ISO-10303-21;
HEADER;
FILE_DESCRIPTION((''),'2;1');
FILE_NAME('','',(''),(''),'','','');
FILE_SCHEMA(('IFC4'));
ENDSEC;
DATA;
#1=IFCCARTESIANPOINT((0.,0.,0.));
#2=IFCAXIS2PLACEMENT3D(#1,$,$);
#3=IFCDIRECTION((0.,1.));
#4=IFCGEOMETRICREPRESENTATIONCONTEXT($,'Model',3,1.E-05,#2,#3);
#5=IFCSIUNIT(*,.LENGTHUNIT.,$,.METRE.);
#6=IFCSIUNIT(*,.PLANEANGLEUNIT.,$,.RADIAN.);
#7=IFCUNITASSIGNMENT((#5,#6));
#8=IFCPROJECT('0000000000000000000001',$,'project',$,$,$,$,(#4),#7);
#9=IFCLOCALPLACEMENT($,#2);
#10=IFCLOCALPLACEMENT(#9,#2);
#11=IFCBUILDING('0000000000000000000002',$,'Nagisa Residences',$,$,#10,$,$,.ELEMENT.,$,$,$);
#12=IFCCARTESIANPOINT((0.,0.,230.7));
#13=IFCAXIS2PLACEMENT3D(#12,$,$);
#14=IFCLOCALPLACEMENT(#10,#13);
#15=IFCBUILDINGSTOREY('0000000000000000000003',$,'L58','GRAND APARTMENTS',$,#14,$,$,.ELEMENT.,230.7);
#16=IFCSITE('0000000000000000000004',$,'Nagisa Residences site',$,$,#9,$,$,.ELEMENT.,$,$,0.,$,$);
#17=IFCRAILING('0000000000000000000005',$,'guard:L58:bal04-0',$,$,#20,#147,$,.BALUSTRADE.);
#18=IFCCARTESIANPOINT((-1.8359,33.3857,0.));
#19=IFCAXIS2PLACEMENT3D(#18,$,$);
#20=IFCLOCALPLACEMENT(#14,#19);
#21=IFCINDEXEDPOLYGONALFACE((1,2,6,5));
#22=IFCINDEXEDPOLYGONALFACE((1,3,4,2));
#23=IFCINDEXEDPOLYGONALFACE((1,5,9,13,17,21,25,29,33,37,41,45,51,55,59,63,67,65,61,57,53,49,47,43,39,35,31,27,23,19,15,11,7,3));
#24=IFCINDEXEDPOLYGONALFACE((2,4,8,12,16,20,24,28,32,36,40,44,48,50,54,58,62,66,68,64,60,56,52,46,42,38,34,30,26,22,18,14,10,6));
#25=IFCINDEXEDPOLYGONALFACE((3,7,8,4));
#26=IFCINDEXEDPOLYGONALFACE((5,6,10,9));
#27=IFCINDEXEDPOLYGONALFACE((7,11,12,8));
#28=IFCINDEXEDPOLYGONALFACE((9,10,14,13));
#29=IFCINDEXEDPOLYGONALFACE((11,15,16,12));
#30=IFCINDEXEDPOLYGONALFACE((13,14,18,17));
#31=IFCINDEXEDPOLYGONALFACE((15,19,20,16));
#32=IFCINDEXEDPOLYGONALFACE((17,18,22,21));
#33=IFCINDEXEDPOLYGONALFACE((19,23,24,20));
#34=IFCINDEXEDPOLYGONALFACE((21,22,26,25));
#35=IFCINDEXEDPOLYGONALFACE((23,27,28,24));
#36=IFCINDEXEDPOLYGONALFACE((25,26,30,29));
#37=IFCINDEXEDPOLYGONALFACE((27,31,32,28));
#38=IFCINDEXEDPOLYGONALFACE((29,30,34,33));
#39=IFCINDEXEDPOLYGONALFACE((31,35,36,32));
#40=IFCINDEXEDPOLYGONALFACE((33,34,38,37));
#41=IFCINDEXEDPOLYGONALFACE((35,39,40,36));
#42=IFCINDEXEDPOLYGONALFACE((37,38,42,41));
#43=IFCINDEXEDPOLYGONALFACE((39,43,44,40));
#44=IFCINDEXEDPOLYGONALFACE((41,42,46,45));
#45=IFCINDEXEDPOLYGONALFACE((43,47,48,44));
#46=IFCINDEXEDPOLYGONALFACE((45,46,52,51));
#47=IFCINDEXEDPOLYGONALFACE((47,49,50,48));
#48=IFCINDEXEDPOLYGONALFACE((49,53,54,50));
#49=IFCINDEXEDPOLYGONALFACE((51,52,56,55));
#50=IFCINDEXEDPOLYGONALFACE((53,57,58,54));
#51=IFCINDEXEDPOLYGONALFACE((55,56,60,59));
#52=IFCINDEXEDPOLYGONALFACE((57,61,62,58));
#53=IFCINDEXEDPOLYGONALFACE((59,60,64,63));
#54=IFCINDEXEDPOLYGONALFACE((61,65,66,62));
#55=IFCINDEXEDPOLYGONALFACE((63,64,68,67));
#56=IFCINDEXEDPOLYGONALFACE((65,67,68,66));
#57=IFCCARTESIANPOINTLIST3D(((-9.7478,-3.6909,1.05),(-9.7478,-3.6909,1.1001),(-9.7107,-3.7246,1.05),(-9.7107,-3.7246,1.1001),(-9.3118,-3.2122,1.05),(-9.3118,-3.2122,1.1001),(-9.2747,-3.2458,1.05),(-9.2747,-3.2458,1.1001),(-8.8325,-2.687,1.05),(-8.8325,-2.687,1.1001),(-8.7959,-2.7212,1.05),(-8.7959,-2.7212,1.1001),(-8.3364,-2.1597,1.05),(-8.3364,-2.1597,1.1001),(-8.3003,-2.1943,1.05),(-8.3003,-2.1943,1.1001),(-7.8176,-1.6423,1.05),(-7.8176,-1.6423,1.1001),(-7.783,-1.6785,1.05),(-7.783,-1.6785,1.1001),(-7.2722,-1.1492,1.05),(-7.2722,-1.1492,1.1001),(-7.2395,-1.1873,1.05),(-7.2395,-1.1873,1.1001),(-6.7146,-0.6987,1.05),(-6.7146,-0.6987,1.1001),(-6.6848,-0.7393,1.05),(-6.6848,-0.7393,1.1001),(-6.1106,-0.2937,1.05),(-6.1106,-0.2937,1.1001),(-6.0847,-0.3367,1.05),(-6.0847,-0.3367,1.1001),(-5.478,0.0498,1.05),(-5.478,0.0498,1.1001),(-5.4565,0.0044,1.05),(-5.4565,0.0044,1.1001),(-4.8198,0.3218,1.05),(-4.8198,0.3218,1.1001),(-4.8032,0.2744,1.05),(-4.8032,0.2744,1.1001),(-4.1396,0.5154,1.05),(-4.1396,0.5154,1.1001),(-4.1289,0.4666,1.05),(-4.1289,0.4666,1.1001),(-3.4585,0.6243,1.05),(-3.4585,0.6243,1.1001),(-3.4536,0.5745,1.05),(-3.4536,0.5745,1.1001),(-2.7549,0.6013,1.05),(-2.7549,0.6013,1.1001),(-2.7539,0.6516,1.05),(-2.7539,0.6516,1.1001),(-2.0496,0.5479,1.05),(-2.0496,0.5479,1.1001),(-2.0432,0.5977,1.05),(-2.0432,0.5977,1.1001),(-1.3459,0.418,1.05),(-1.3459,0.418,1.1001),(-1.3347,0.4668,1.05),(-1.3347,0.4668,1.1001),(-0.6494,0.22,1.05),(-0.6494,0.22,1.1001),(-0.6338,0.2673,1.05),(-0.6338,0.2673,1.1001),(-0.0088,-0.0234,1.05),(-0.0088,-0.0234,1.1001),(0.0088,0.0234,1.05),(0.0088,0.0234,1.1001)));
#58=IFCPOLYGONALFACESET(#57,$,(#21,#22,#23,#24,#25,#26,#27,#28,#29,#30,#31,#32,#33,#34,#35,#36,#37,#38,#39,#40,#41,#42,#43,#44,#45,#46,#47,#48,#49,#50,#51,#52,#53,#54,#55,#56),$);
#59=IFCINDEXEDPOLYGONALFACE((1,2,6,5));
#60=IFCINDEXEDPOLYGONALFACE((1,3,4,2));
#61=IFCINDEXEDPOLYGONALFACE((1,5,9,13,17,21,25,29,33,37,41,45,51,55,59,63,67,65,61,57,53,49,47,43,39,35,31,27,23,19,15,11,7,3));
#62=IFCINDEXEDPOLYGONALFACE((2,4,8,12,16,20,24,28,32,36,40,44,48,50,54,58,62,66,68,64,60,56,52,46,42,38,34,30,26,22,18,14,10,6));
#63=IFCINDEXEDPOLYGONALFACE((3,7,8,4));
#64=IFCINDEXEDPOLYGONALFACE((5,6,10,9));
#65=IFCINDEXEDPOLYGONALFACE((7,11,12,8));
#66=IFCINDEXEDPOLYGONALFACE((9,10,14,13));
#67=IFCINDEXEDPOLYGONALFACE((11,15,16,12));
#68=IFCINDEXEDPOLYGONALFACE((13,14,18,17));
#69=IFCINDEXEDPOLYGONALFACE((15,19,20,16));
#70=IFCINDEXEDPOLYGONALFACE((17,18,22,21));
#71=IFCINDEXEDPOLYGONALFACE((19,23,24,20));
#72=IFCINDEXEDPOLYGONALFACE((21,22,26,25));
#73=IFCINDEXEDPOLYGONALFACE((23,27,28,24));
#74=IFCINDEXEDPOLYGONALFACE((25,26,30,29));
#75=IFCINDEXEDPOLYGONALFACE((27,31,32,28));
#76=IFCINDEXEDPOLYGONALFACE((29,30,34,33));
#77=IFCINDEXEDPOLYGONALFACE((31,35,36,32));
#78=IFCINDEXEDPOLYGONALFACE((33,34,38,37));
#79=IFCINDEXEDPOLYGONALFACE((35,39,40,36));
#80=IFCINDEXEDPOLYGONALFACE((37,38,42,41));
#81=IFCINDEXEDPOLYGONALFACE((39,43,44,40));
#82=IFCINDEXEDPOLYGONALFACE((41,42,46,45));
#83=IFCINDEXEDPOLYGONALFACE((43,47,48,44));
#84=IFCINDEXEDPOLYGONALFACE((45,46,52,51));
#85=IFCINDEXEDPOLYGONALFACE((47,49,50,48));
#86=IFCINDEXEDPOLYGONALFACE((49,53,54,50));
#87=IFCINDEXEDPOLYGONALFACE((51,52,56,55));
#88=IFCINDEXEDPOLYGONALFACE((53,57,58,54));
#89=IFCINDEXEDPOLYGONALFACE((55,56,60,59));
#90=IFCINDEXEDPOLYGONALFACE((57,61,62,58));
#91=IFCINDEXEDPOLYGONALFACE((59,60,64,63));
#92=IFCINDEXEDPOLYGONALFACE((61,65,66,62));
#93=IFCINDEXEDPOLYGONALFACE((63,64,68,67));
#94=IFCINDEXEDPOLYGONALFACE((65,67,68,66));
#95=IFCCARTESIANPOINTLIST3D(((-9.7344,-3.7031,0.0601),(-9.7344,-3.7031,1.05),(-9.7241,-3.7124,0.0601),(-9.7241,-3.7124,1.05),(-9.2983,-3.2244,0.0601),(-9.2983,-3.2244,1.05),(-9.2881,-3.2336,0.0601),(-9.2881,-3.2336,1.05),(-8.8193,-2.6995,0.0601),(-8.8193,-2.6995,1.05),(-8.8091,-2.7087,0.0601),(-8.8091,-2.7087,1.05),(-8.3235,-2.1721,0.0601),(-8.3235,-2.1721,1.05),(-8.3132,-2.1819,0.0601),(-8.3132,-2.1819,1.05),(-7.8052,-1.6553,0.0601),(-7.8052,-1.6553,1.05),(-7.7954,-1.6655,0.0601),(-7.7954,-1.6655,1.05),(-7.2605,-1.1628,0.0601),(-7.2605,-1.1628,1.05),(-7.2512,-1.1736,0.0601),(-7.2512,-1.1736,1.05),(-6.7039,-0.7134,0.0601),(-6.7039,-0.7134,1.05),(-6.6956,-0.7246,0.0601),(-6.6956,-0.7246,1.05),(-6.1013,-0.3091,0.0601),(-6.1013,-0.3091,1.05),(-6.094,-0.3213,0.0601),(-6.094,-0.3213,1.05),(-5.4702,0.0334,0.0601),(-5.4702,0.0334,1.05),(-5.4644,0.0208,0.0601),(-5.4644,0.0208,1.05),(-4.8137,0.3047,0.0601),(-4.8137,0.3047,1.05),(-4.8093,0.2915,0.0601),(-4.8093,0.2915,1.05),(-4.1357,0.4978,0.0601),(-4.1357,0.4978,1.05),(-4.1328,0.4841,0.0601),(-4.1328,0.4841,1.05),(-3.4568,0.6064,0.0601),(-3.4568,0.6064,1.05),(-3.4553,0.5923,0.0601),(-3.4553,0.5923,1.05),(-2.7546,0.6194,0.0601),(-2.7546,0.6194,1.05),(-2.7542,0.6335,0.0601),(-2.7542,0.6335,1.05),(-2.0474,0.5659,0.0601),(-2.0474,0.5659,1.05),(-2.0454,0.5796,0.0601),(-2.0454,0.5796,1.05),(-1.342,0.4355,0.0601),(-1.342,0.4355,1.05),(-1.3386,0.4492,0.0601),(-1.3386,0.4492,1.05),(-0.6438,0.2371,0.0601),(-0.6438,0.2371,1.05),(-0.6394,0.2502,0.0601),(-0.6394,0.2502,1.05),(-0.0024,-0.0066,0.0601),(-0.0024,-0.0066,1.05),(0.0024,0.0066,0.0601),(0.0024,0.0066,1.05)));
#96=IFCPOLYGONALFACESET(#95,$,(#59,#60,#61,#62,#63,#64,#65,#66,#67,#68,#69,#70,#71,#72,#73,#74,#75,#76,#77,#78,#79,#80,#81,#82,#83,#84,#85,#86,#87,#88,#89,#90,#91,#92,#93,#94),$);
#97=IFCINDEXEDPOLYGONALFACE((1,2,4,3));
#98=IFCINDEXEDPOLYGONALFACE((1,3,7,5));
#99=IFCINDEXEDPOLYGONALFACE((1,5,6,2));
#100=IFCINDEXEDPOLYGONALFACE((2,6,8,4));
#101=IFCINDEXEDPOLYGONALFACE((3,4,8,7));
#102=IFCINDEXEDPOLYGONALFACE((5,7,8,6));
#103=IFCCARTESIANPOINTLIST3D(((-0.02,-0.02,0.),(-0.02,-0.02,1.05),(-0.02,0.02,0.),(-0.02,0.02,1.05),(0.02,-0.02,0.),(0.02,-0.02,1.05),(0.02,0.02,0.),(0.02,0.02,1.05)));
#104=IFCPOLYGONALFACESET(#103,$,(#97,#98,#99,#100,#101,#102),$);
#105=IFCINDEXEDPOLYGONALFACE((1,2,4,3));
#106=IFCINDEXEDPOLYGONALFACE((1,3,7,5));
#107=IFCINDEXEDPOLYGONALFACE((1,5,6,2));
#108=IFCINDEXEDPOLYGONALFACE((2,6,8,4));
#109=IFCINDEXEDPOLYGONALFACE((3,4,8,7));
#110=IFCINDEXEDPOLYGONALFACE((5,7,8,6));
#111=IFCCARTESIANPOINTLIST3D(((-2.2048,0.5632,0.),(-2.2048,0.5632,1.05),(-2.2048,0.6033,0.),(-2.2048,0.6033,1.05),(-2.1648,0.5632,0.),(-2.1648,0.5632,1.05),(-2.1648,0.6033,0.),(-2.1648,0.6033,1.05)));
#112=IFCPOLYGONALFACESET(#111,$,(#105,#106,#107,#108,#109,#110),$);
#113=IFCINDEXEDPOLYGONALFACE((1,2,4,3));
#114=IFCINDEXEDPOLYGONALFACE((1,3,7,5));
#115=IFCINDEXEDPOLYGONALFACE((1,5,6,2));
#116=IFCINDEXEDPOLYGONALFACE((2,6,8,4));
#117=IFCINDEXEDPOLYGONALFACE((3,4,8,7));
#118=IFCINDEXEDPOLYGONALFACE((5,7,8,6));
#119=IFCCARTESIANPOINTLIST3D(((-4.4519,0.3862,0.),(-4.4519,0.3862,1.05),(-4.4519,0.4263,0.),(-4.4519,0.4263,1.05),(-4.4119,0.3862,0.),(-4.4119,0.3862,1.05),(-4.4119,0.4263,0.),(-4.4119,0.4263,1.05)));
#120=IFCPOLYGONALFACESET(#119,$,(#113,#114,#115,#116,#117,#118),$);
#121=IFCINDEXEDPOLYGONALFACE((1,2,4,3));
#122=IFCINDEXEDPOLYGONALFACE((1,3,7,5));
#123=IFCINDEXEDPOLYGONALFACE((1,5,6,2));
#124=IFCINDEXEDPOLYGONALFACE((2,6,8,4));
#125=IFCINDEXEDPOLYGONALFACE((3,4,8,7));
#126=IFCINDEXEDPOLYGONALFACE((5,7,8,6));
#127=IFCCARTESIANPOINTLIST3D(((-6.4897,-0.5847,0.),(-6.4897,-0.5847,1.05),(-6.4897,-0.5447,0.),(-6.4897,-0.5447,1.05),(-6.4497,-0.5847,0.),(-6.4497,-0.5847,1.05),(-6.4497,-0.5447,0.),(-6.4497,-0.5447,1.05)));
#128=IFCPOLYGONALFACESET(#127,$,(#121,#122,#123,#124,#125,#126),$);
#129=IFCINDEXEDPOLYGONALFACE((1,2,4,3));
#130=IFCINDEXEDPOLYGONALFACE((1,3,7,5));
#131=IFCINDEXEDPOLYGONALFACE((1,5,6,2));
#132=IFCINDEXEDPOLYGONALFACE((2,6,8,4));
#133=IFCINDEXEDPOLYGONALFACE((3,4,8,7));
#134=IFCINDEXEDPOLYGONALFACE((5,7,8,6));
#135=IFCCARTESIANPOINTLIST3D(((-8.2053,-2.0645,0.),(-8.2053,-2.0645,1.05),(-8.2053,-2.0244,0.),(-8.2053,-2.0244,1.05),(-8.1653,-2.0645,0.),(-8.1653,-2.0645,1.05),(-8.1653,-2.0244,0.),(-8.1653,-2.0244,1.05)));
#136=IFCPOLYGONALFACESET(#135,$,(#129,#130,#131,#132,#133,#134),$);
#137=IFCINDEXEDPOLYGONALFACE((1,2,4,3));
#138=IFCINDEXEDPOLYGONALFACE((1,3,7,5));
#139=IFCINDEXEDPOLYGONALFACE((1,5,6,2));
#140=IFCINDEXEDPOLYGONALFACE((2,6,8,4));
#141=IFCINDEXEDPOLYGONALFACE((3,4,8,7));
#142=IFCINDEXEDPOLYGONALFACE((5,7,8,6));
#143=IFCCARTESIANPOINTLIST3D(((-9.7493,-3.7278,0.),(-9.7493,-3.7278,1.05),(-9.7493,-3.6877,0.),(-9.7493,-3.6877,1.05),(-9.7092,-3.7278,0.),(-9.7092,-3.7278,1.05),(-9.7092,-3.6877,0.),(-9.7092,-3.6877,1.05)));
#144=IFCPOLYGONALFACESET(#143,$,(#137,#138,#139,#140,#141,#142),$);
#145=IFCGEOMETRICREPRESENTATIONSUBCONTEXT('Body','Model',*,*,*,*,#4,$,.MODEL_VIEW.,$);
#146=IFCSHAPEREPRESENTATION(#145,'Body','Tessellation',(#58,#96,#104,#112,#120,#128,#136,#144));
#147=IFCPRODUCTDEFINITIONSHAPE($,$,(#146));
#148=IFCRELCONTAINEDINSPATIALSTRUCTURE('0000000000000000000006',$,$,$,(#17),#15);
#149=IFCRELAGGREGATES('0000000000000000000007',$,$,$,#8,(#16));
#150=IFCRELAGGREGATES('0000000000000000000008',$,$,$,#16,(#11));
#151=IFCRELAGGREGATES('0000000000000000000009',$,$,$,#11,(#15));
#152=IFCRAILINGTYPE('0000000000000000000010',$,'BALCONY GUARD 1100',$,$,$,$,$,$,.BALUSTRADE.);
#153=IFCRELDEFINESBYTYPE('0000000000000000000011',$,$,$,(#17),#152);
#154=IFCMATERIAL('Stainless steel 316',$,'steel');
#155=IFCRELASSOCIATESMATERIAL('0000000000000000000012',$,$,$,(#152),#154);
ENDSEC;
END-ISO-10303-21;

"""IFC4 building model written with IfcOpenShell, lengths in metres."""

from ifc_helpers import new_model, si_unit, direction, frame, origin, origin_2d, place, context, subcontext, project, spatial, polyline, rectangle, outline, extrude, material, type_object, element, save


model = new_model("IFC4")

# Units and contexts
model_context = context("Model", 3, precision=1e-05, world=origin(), true_north=direction((0.0, 1.0)))
body_context = subcontext(model_context, "Body", "Model", "MODEL_VIEW")
ifc_project = project(units=[si_unit("LENGTHUNIT", "METRE"), si_unit("PLANEANGLEUNIT", "RADIAN")], contexts=[model_context])

# Site, building, storey
site_placement = place(None, origin())
site = spatial("IfcSite", under=ifc_project, at=site_placement, Name="Nagisa Residences site", CompositionType="ELEMENT", RefElevation=0.0)
building_placement = place(site_placement, origin())
building = spatial("IfcBuilding", under=site, at=building_placement, Name="Nagisa Residences", CompositionType="ELEMENT")
storey_placement = place(building_placement, frame((0.0, 0.0, 230.7)))
storey = spatial("IfcBuildingStorey", under=building, at=storey_placement, Name="L58", Description="GRAND APARTMENTS", CompositionType="ELEMENT", Elevation=230.7)

# Railing
ifc_material_1 = material(Name="Stainless steel 316", Category="steel")
railing_type = type_object("IfcRailingType", Name="BALCONY GUARD 1100", PredefinedType="BALUSTRADE", material=ifc_material_1)
railing_placement = place(storey_placement, frame((-1.8359, 33.3857, 0.0)))
element("IfcRailing", 1, at=railing_placement, inside=storey, type_object=railing_type, Name="guard:L58:bal04-0", PredefinedType="BALUSTRADE", context=body_context, shape_type="SweptSolid", body=[
    extrude(outline(polyline([(-0.6494, 0.22), (-0.0088, -0.0234), (0.0088, 0.0234), (-0.6338, 0.2673), (-1.3347, 0.4668), (-2.0432, 0.5977), (-2.7539, 0.6516), (-3.4585, 0.6243), (-4.1396, 0.5154), (-4.8198, 0.3218), (-5.478, 0.0498), (-6.1106, -0.2937), (-6.7146, -0.6987), (-7.2722, -1.1492), (-7.8176, -1.6423), (-8.3364, -2.1597), (-8.8325, -2.687), (-9.3118, -3.2122), (-9.7478, -3.6909), (-9.7107, -3.7246), (-9.2747, -3.2458), (-8.7959, -2.7212), (-8.3003, -2.1943), (-7.783, -1.6785), (-7.2395, -1.1873), (-6.6848, -0.7393), (-6.0847, -0.3367), (-5.4565, 0.0044), (-4.8032, 0.2744), (-4.1289, 0.4666), (-3.4536, 0.5745), (-2.7549, 0.6013), (-2.0496, 0.5479), (-1.3459, 0.418), (-0.6494, 0.22)])), frame((0.0, 0.0, 1.05)), (0.0, 0.0, 1.0), 0.05),
    extrude(outline(polyline([(-0.6438, 0.2371), (-0.0024, -0.0066), (0.0024, 0.0066), (-0.6394, 0.2502), (-1.3386, 0.4492), (-2.0454, 0.5796), (-2.7542, 0.6335), (-3.4568, 0.6064), (-4.1357, 0.4978), (-4.8137, 0.3047), (-5.4702, 0.0334), (-6.1013, -0.3091), (-6.7039, -0.7134), (-7.2605, -1.1628), (-7.8052, -1.6553), (-8.3235, -2.1721), (-8.8193, -2.6995), (-9.2983, -3.2244), (-9.7344, -3.7031), (-9.7241, -3.7124), (-9.2881, -3.2336), (-8.8091, -2.7087), (-8.3132, -2.1819), (-7.7954, -1.6655), (-7.2512, -1.1736), (-6.6956, -0.7246), (-6.094, -0.3213), (-5.4644, 0.0208), (-4.8093, 0.2915), (-4.1328, 0.4841), (-3.4553, 0.5923), (-2.7546, 0.6194), (-2.0474, 0.5659), (-1.342, 0.4355), (-0.6438, 0.2371)])), frame((0.0, 0.0, 0.0601)), (0.0, 0.0, 1.0), 0.99),
    extrude(rectangle(XDim=0.04, YDim=0.04, at=origin_2d()), origin(), (0.0, 0.0, 1.0), 1.05),
    extrude(rectangle(XDim=0.04, YDim=0.04, at=origin_2d()), frame((-2.1848, 0.5833, 0.0)), (0.0, 0.0, 1.0), 1.05),
    extrude(rectangle(XDim=0.04, YDim=0.04, at=origin_2d()), frame((-4.4319, 0.4062, 0.0)), (0.0, 0.0, 1.0), 1.05),
    extrude(rectangle(XDim=0.04, YDim=0.04, at=origin_2d()), frame((-6.4697, -0.5647, 0.0)), (0.0, 0.0, 1.0), 1.05),
    extrude(rectangle(XDim=0.04, YDim=0.04, at=origin_2d()), frame((-8.1853, -2.0444, 0.0)), (0.0, 0.0, 1.0), 1.05),
    extrude(rectangle(XDim=0.04, YDim=0.04, at=origin_2d()), frame((-9.7292, -3.7078, 0.0)), (0.0, 0.0, 1.0), 1.05),
])

save(model, "model.ifc")
